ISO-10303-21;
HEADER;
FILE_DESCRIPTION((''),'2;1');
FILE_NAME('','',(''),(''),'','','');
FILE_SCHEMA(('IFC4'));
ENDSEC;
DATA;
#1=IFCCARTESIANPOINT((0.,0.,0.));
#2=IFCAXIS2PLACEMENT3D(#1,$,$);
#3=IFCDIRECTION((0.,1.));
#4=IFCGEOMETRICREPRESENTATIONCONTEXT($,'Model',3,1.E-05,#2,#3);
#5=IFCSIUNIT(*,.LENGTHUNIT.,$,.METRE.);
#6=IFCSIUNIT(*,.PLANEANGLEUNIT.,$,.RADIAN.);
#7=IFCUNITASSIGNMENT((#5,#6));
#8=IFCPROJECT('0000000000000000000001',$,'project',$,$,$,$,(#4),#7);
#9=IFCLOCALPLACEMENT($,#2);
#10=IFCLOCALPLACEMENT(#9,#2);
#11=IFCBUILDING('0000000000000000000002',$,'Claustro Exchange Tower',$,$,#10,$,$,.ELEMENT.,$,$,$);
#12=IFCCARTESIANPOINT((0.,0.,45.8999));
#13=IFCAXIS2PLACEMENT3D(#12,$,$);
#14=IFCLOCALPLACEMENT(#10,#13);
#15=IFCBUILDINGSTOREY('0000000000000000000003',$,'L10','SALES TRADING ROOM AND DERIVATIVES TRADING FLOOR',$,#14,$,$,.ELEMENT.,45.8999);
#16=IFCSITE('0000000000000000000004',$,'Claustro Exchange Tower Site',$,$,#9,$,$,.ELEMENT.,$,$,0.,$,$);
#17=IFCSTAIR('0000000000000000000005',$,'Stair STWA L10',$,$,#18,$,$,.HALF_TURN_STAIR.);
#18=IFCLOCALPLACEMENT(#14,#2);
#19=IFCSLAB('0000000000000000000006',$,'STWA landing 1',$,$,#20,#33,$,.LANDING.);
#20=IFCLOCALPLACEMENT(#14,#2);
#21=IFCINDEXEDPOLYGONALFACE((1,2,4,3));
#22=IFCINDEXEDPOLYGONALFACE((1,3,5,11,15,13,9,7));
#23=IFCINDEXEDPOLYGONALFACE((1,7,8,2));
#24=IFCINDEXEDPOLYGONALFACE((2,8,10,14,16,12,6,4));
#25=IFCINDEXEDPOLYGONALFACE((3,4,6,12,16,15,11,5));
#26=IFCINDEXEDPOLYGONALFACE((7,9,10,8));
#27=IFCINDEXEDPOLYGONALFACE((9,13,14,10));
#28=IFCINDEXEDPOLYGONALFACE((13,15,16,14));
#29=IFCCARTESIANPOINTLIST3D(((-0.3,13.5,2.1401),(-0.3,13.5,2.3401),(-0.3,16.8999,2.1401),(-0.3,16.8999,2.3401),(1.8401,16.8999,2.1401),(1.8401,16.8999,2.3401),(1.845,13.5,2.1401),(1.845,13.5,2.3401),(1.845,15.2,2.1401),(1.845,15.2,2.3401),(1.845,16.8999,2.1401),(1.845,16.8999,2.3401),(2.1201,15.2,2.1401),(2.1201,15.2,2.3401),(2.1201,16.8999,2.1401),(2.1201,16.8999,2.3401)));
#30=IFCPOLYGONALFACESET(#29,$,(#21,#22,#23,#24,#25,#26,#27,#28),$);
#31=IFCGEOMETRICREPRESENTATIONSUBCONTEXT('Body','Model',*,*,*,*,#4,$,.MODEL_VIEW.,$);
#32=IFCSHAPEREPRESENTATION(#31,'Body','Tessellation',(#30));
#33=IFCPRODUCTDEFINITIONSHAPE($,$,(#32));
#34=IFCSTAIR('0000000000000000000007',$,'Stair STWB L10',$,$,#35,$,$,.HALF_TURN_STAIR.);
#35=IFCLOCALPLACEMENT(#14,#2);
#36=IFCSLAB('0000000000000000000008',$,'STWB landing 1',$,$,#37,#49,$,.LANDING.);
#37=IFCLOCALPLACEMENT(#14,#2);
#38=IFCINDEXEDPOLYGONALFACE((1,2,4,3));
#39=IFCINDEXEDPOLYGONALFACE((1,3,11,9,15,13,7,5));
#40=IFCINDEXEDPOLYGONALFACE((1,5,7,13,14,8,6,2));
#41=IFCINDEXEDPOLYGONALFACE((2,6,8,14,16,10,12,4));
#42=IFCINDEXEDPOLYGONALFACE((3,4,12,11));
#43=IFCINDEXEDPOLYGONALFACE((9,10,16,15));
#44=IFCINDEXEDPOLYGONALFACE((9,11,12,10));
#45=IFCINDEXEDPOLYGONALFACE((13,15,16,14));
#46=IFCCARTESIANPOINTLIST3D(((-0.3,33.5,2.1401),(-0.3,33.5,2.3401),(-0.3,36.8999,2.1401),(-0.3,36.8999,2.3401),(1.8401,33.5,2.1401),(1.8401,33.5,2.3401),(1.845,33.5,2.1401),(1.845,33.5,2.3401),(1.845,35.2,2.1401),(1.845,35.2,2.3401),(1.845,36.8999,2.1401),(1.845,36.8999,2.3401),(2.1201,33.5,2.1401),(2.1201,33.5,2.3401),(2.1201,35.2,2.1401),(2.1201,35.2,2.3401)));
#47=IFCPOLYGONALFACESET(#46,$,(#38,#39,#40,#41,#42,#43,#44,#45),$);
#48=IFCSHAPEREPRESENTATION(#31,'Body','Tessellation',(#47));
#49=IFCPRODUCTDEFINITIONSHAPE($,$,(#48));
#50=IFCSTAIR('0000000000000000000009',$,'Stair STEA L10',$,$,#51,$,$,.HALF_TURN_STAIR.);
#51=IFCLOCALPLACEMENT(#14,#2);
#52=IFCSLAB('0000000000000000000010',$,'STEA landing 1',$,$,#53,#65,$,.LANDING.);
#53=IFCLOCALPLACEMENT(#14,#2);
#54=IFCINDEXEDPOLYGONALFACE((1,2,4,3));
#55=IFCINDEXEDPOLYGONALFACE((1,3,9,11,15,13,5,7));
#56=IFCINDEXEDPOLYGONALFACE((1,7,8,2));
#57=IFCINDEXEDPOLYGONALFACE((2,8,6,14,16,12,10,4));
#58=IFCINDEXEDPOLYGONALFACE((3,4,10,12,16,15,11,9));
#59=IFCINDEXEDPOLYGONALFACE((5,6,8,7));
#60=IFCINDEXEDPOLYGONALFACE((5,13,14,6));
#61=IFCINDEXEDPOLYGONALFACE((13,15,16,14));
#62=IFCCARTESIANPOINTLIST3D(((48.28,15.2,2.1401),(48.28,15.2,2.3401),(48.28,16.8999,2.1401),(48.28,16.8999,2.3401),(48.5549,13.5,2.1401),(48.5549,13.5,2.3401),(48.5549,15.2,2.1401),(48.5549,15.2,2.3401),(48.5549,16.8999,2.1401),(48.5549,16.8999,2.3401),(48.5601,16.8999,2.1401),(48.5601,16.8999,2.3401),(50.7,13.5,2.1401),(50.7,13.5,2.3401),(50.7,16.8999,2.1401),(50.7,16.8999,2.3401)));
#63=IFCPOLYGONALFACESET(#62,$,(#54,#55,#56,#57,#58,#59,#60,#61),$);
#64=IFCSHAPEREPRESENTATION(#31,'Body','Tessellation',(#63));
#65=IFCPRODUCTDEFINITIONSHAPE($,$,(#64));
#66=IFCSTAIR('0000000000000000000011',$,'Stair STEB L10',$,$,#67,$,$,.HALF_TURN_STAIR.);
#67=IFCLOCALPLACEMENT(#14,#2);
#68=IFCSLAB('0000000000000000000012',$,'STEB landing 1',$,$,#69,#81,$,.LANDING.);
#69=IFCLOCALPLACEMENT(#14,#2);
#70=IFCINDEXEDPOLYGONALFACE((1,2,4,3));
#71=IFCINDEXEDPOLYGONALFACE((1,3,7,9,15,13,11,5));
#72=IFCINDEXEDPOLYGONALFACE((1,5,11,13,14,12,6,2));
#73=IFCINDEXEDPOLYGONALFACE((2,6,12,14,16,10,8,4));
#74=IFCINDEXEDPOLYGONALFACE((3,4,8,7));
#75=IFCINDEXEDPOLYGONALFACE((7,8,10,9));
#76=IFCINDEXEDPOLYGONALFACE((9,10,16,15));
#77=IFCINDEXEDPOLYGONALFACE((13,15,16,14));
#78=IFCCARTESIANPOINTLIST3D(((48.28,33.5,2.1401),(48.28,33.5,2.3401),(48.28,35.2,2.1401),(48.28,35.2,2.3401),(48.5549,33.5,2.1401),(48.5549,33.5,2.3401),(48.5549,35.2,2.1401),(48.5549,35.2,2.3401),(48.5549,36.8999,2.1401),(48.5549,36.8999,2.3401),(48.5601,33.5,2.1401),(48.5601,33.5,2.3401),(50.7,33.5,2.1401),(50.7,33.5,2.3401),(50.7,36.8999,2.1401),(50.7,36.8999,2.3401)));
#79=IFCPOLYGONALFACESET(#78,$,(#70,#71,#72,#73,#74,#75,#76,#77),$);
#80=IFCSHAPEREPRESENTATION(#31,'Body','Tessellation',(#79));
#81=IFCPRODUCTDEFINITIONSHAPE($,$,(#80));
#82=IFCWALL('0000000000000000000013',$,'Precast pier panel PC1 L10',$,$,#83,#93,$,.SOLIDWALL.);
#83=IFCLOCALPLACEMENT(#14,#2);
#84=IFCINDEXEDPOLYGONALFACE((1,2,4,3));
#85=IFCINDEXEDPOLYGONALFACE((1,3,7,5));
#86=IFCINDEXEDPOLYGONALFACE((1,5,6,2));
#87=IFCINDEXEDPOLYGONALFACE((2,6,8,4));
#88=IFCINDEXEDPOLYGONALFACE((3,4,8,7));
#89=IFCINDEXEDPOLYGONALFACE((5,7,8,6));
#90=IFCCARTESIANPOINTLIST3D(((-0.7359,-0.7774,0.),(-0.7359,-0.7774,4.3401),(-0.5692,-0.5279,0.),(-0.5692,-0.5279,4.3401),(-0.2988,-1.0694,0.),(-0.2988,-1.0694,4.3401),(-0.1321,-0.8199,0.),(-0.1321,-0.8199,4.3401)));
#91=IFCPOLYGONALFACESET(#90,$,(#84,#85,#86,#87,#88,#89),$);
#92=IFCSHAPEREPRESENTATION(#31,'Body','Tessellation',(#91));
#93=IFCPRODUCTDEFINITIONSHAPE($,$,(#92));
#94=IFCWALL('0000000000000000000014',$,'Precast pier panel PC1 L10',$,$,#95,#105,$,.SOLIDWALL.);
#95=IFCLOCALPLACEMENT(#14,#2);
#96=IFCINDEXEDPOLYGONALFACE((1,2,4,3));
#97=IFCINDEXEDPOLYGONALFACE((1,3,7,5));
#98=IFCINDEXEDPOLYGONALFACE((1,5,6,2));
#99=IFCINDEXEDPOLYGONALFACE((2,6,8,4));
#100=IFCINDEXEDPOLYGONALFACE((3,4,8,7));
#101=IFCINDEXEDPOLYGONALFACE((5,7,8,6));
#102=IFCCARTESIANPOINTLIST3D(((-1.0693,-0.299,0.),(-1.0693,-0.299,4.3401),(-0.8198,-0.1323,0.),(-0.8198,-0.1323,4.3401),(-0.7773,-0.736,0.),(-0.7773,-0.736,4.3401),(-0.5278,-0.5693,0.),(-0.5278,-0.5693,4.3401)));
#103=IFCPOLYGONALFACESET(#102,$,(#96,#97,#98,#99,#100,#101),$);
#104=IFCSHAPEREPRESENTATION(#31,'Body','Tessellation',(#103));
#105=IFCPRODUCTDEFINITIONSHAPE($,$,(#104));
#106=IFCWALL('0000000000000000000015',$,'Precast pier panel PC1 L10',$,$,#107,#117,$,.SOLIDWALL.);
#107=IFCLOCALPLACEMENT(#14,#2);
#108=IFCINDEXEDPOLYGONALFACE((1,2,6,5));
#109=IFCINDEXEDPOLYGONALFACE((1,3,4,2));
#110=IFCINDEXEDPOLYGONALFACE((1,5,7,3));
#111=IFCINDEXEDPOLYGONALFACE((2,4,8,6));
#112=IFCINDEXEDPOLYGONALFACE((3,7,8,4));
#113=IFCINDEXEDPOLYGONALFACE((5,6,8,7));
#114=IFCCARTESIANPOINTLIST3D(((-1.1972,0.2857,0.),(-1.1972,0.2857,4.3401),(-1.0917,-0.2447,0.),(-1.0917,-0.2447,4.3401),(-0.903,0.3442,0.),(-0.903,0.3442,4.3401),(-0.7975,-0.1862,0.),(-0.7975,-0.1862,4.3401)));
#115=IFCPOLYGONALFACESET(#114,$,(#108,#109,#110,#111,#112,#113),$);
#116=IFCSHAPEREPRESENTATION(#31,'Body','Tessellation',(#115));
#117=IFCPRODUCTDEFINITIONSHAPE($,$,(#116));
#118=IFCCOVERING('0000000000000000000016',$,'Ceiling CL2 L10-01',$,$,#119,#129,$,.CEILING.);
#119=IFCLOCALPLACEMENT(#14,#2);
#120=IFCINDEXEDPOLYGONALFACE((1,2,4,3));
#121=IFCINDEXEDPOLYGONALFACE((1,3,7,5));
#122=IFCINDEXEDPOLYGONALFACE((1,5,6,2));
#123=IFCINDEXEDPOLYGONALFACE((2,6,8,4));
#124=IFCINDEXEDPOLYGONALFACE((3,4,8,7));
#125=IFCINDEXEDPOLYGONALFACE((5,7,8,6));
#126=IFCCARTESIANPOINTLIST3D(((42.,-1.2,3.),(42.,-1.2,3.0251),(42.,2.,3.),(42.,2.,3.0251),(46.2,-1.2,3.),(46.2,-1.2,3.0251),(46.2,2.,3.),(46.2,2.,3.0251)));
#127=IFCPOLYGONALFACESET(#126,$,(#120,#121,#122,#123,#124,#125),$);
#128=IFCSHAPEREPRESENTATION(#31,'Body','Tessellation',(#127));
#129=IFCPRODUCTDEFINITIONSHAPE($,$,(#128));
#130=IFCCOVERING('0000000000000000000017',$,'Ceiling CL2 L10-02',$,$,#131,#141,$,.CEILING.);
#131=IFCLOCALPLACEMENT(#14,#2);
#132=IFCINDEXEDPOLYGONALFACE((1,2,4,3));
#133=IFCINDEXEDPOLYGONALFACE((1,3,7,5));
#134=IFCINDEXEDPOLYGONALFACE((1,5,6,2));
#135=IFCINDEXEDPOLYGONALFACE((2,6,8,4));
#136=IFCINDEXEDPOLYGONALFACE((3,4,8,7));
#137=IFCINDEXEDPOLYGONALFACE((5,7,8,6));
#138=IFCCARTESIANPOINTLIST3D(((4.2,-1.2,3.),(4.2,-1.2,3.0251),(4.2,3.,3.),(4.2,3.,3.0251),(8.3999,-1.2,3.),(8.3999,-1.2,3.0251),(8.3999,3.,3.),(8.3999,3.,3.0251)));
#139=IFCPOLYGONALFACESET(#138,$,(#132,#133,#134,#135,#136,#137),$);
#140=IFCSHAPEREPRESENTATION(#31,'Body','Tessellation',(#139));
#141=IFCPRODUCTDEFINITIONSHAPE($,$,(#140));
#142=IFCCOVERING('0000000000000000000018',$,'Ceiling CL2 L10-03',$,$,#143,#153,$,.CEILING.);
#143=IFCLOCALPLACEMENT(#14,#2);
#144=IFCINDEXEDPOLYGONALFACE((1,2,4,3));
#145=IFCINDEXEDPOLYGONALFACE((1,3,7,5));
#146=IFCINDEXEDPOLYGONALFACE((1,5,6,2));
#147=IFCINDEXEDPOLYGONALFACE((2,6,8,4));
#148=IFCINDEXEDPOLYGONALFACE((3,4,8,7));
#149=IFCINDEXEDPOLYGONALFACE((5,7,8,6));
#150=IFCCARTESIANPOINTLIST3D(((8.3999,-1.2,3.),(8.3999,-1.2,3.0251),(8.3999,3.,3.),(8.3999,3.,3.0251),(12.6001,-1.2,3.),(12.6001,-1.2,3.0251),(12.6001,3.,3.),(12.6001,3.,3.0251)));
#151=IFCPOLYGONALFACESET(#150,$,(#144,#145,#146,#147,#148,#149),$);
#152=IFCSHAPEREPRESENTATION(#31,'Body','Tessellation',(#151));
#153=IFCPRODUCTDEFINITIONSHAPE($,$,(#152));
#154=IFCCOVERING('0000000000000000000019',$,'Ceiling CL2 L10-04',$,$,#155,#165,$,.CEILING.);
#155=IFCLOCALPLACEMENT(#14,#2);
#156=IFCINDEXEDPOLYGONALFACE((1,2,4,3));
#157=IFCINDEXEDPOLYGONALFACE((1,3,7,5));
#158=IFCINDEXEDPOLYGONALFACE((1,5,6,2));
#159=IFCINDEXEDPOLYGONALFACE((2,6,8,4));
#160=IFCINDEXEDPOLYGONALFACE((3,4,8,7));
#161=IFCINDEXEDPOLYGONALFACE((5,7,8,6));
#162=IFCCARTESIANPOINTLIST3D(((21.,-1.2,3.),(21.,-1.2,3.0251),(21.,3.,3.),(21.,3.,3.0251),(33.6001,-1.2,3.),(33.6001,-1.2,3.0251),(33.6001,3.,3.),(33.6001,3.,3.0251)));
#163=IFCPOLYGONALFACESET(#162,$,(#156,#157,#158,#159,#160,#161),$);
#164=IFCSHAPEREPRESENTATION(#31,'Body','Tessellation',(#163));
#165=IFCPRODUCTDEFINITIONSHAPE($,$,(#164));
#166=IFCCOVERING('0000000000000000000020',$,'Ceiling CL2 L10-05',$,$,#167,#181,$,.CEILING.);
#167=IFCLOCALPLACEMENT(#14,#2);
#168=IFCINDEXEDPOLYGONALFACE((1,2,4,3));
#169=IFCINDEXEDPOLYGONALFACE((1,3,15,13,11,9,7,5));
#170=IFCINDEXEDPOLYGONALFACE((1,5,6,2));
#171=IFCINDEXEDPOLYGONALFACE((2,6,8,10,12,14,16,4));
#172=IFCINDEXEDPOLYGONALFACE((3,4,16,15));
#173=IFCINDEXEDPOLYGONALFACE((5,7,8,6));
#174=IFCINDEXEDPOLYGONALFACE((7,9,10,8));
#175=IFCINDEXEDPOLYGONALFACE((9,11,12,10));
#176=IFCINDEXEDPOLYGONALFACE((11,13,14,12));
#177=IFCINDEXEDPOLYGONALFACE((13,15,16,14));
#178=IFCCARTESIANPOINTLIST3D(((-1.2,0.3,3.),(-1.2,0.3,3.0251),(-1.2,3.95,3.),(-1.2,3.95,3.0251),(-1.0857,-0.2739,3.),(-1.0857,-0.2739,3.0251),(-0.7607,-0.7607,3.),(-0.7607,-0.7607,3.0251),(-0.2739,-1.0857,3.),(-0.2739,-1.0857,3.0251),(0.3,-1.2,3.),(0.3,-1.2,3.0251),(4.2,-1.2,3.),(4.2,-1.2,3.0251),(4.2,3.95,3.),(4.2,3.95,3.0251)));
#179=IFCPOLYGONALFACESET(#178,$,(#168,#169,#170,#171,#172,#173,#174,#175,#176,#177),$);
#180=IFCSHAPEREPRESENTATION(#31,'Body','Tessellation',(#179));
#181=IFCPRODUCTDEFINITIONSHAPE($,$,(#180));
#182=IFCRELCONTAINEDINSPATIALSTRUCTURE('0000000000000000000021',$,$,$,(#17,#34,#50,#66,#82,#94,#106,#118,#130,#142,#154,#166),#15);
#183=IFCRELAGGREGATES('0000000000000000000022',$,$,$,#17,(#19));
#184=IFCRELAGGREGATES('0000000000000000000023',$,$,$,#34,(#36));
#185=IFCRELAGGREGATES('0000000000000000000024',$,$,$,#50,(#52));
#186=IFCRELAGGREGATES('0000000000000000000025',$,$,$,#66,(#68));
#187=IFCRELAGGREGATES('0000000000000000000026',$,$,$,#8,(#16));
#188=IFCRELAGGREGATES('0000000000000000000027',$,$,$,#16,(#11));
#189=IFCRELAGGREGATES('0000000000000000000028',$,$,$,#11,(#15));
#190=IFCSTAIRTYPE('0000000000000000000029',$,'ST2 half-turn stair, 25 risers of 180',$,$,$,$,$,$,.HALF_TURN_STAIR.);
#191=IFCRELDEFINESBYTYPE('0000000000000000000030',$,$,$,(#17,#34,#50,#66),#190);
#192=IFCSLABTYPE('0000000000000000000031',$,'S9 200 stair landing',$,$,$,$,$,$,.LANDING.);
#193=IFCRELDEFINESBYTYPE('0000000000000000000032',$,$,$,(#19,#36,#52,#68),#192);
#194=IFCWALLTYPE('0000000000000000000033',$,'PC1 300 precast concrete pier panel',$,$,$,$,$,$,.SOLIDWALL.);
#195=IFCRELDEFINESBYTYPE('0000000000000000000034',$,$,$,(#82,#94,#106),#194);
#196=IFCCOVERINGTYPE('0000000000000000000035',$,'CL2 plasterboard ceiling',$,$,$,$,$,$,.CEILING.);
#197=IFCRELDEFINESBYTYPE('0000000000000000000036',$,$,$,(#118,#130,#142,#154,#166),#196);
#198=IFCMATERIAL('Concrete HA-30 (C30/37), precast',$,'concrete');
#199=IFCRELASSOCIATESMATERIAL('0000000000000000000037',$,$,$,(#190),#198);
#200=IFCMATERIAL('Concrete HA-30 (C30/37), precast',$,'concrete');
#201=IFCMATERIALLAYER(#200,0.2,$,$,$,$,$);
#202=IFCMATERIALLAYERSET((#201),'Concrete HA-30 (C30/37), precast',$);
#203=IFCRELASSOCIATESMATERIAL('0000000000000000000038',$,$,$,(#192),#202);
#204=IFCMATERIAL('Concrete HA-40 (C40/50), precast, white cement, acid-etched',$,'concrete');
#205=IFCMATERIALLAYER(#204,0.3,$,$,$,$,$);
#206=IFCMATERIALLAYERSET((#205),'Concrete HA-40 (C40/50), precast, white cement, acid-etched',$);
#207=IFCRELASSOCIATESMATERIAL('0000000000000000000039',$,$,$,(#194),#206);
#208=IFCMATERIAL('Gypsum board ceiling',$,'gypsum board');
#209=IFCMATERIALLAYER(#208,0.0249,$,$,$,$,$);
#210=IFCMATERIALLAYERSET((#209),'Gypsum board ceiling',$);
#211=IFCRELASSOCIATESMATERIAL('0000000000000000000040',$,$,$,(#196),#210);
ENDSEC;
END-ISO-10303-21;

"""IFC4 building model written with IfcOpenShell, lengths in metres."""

from ifc_helpers import new_model, si_unit, direction, frame, frame_2d, origin, place, context, subcontext, project, spatial, polyline, rectangle, outline, extrude, material, layer, layer_set, type_object, element, aggregate, save


model = new_model("IFC4")

# Units and contexts
model_context = context("Model", 3, precision=1e-05, world=origin(), true_north=direction((0.0, 1.0)))
body_context = subcontext(model_context, "Body", "Model", "MODEL_VIEW")
ifc_project = project(units=[si_unit("LENGTHUNIT", "METRE"), si_unit("PLANEANGLEUNIT", "RADIAN")], contexts=[model_context])

# Site, building, storey
site_placement = place(None, origin())
site = spatial("IfcSite", under=ifc_project, at=site_placement, Name="Claustro Exchange Tower Site", CompositionType="ELEMENT", RefElevation=0.0)
building_placement = place(site_placement, origin())
building = spatial("IfcBuilding", under=site, at=building_placement, Name="Claustro Exchange Tower", CompositionType="ELEMENT")
storey_placement = place(building_placement, frame((0.0, 0.0, 45.8999)))
storey = spatial("IfcBuildingStorey", under=building, at=storey_placement, Name="L10", Description="SALES TRADING ROOM AND DERIVATIVES TRADING FLOOR", CompositionType="ELEMENT", Elevation=45.8999)

# Stairs, slabs
ifc_material_1 = material(Name="Concrete HA-30 (C30/37), precast", Category="concrete")
stair_type = type_object("IfcStairType", Name="ST2 half-turn stair, 25 risers of 180", PredefinedType="HALF_TURN_STAIR", material=ifc_material_1)
stair_1_placement = place(storey_placement, origin())
stair_1 = element("IfcStair", 1, at=stair_1_placement, inside=storey, type_object=stair_type, Name="Stair STWA L10", PredefinedType="HALF_TURN_STAIR")
ifc_material_2 = material(Name="Concrete HA-30 (C30/37), precast", Category="concrete")
ifc_layer_1 = layer(ifc_material_2, 0.2)
ifc_layer_set_1 = layer_set([ifc_layer_1], Name="Concrete HA-30 (C30/37), precast")
slab_type_1 = type_object("IfcSlabType", Name="S9 200 stair landing", PredefinedType="LANDING", material=ifc_layer_set_1)
slab_1_placement = place(storey_placement, frame((0.0, 0.0, 2.1401)))
slab_1 = element("IfcSlab", 2, at=slab_1_placement, type_object=slab_type_1, Name="STWA landing 1", PredefinedType="LANDING", context=body_context, shape_type="SweptSolid", body=[
    extrude(outline(polyline([(1.845, 13.5), (-0.3, 13.5), (-0.3, 16.8999), (1.8401, 16.8999), (1.845, 16.8999), (2.1201, 16.8999), (2.1201, 15.2), (1.845, 15.2), (1.845, 13.5)])), origin(), (0.0, 0.0, 1.0), 0.2),
])
aggregate(stair_1, [slab_1])
stair_2_placement = place(storey_placement, origin())
stair_2 = element("IfcStair", 3, at=stair_2_placement, inside=storey, type_object=stair_type, Name="Stair STWB L10", PredefinedType="HALF_TURN_STAIR")
slab_2_placement = place(storey_placement, frame((0.0, 0.0, 2.1401)))
slab_2 = element("IfcSlab", 4, at=slab_2_placement, type_object=slab_type_1, Name="STWB landing 1", PredefinedType="LANDING", context=body_context, shape_type="SweptSolid", body=[
    extrude(outline(polyline([(2.1201, 35.2), (2.1201, 33.5), (1.845, 33.5), (1.8401, 33.5), (-0.3, 33.5), (-0.3, 36.8999), (1.845, 36.8999), (1.845, 35.2), (2.1201, 35.2)])), origin(), (0.0, 0.0, 1.0), 0.2),
])
aggregate(stair_2, [slab_2])
stair_3_placement = place(storey_placement, origin())
stair_3 = element("IfcStair", 5, at=stair_3_placement, inside=storey, type_object=stair_type, Name="Stair STEA L10", PredefinedType="HALF_TURN_STAIR")
slab_3_placement = place(storey_placement, frame((0.0, 0.0, 2.1401)))
slab_3 = element("IfcSlab", 6, at=slab_3_placement, type_object=slab_type_1, Name="STEA landing 1", PredefinedType="LANDING", context=body_context, shape_type="SweptSolid", body=[
    extrude(outline(polyline([(50.7, 16.8999), (50.7, 13.5), (48.5549, 13.5), (48.5549, 15.2), (48.28, 15.2), (48.28, 16.8999), (48.5549, 16.8999), (48.5601, 16.8999), (50.7, 16.8999)])), origin(), (0.0, 0.0, 1.0), 0.2),
])
aggregate(stair_3, [slab_3])
stair_4_placement = place(storey_placement, origin())
stair_4 = element("IfcStair", 7, at=stair_4_placement, inside=storey, type_object=stair_type, Name="Stair STEB L10", PredefinedType="HALF_TURN_STAIR")
slab_4_placement = place(storey_placement, frame((0.0, 0.0, 2.1401)))
slab_4 = element("IfcSlab", 8, at=slab_4_placement, type_object=slab_type_1, Name="STEB landing 1", PredefinedType="LANDING", context=body_context, shape_type="SweptSolid", body=[
    extrude(outline(polyline([(48.28, 33.5), (48.28, 35.2), (48.5549, 35.2), (48.5549, 36.8999), (50.7, 36.8999), (50.7, 33.5), (48.5601, 33.5), (48.5549, 33.5), (48.28, 33.5)])), origin(), (0.0, 0.0, 1.0), 0.2),
])
aggregate(stair_4, [slab_4])

# Walls
ifc_material_3 = material(Name="Concrete HA-40 (C40/50), precast, white cement, acid-etched", Category="concrete")
ifc_layer_2 = layer(ifc_material_3, 0.3)
ifc_layer_set_2 = layer_set([ifc_layer_2], Name="Concrete HA-40 (C40/50), precast, white cement, acid-etched")
wall_type = type_object("IfcWallType", Name="PC1 300 precast concrete pier panel", PredefinedType="SOLIDWALL", material=ifc_layer_set_2)
for number, where, z_axis, x_axis, name in (
    (9, (-0.2156, -0.9446, 0.0), (0.0, 0.0, 1.0), (-0.831478, 0.555557, 0.0), "Precast pier panel PC1 L10"),
    (10, (-0.6526, -0.6526, 0.0), (0.0, 0.0, 1.0), (-0.555557, 0.831478, 0.0), "Precast pier panel PC1 L10"),
):
    element("IfcWall", number, at=place(storey_placement, frame(where, z_axis=z_axis, x_axis=x_axis)), inside=storey, type_object=wall_type, Name=name, PredefinedType="SOLIDWALL", context=body_context, shape_type="SweptSolid", body=[
        extrude(rectangle(XDim=0.5256, YDim=0.3, at=frame_2d((0.2627, 0.0))), origin(), (0.0, 0.0, 1.0), 4.3401),
    ])
wall_placement = place(storey_placement, frame((-0.9446, -0.2156, 0.0), z_axis=(0.0, 0.0, 1.0), x_axis=(-0.195074, 0.980789, 0.0)))
element("IfcWall", 11, at=wall_placement, inside=storey, type_object=wall_type, Name="Precast pier panel PC1 L10", PredefinedType="SOLIDWALL", context=body_context, shape_type="SweptSolid", body=[
    extrude(rectangle(XDim=0.5408, YDim=0.3, at=frame_2d((0.2705, 0.0))), origin(), (0.0, 0.0, 1.0), 4.3401),
])

# Coverings
ifc_material_4 = material(Name="Gypsum board ceiling", Category="gypsum board")
ifc_layer_3 = layer(ifc_material_4, 0.0249)
ifc_layer_set_3 = layer_set([ifc_layer_3], Name="Gypsum board ceiling")
covering_type = type_object("IfcCoveringType", Name="CL2 plasterboard ceiling", PredefinedType="CEILING", material=ifc_layer_set_3)
covering_1_placement = place(storey_placement, frame((0.0, 0.0, 3.0)))
element("IfcCovering", 12, at=covering_1_placement, inside=storey, type_object=covering_type, Name="Ceiling CL2 L10-01", PredefinedType="CEILING", context=body_context, shape_type="SweptSolid", body=[
    extrude(outline(polyline([(42.0, -1.2), (46.2, -1.2), (46.2, 2.0), (42.0, 2.0), (42.0, -1.2)])), origin(), (0.0, 0.0, 1.0), 0.0251),
])
covering_2_placement = place(storey_placement, frame((0.0, 0.0, 3.0)))
element("IfcCovering", 13, at=covering_2_placement, inside=storey, type_object=covering_type, Name="Ceiling CL2 L10-02", PredefinedType="CEILING", context=body_context, shape_type="SweptSolid", body=[
    extrude(outline(polyline([(4.2, -1.2), (8.3999, -1.2), (8.3999, 3.0), (4.2, 3.0), (4.2, -1.2)])), origin(), (0.0, 0.0, 1.0), 0.0251),
])
covering_3_placement = place(storey_placement, frame((0.0, 0.0, 3.0)))
element("IfcCovering", 14, at=covering_3_placement, inside=storey, type_object=covering_type, Name="Ceiling CL2 L10-03", PredefinedType="CEILING", context=body_context, shape_type="SweptSolid", body=[
    extrude(outline(polyline([(8.3999, -1.2), (12.6001, -1.2), (12.6001, 3.0), (8.3999, 3.0), (8.3999, -1.2)])), origin(), (0.0, 0.0, 1.0), 0.0251),
])
covering_4_placement = place(storey_placement, frame((0.0, 0.0, 3.0)))
element("IfcCovering", 15, at=covering_4_placement, inside=storey, type_object=covering_type, Name="Ceiling CL2 L10-04", PredefinedType="CEILING", context=body_context, shape_type="SweptSolid", body=[
    extrude(outline(polyline([(21.0, -1.2), (33.6001, -1.2), (33.6001, 3.0), (21.0, 3.0), (21.0, -1.2)])), origin(), (0.0, 0.0, 1.0), 0.0251),
])
covering_5_placement = place(storey_placement, frame((0.0, 0.0, 3.0)))
element("IfcCovering", 16, at=covering_5_placement, inside=storey, type_object=covering_type, Name="Ceiling CL2 L10-05", PredefinedType="CEILING", context=body_context, shape_type="SweptSolid", body=[
    extrude(outline(polyline([(-1.0857, -0.2739), (-0.7607, -0.7607), (-0.2739, -1.0857), (0.3, -1.2), (4.2, -1.2), (4.2, 3.95), (-1.2, 3.95), (-1.2, 0.3), (-1.0857, -0.2739)])), origin(), (0.0, 0.0, 1.0), 0.0251),
])

save(model, "model.ifc")
